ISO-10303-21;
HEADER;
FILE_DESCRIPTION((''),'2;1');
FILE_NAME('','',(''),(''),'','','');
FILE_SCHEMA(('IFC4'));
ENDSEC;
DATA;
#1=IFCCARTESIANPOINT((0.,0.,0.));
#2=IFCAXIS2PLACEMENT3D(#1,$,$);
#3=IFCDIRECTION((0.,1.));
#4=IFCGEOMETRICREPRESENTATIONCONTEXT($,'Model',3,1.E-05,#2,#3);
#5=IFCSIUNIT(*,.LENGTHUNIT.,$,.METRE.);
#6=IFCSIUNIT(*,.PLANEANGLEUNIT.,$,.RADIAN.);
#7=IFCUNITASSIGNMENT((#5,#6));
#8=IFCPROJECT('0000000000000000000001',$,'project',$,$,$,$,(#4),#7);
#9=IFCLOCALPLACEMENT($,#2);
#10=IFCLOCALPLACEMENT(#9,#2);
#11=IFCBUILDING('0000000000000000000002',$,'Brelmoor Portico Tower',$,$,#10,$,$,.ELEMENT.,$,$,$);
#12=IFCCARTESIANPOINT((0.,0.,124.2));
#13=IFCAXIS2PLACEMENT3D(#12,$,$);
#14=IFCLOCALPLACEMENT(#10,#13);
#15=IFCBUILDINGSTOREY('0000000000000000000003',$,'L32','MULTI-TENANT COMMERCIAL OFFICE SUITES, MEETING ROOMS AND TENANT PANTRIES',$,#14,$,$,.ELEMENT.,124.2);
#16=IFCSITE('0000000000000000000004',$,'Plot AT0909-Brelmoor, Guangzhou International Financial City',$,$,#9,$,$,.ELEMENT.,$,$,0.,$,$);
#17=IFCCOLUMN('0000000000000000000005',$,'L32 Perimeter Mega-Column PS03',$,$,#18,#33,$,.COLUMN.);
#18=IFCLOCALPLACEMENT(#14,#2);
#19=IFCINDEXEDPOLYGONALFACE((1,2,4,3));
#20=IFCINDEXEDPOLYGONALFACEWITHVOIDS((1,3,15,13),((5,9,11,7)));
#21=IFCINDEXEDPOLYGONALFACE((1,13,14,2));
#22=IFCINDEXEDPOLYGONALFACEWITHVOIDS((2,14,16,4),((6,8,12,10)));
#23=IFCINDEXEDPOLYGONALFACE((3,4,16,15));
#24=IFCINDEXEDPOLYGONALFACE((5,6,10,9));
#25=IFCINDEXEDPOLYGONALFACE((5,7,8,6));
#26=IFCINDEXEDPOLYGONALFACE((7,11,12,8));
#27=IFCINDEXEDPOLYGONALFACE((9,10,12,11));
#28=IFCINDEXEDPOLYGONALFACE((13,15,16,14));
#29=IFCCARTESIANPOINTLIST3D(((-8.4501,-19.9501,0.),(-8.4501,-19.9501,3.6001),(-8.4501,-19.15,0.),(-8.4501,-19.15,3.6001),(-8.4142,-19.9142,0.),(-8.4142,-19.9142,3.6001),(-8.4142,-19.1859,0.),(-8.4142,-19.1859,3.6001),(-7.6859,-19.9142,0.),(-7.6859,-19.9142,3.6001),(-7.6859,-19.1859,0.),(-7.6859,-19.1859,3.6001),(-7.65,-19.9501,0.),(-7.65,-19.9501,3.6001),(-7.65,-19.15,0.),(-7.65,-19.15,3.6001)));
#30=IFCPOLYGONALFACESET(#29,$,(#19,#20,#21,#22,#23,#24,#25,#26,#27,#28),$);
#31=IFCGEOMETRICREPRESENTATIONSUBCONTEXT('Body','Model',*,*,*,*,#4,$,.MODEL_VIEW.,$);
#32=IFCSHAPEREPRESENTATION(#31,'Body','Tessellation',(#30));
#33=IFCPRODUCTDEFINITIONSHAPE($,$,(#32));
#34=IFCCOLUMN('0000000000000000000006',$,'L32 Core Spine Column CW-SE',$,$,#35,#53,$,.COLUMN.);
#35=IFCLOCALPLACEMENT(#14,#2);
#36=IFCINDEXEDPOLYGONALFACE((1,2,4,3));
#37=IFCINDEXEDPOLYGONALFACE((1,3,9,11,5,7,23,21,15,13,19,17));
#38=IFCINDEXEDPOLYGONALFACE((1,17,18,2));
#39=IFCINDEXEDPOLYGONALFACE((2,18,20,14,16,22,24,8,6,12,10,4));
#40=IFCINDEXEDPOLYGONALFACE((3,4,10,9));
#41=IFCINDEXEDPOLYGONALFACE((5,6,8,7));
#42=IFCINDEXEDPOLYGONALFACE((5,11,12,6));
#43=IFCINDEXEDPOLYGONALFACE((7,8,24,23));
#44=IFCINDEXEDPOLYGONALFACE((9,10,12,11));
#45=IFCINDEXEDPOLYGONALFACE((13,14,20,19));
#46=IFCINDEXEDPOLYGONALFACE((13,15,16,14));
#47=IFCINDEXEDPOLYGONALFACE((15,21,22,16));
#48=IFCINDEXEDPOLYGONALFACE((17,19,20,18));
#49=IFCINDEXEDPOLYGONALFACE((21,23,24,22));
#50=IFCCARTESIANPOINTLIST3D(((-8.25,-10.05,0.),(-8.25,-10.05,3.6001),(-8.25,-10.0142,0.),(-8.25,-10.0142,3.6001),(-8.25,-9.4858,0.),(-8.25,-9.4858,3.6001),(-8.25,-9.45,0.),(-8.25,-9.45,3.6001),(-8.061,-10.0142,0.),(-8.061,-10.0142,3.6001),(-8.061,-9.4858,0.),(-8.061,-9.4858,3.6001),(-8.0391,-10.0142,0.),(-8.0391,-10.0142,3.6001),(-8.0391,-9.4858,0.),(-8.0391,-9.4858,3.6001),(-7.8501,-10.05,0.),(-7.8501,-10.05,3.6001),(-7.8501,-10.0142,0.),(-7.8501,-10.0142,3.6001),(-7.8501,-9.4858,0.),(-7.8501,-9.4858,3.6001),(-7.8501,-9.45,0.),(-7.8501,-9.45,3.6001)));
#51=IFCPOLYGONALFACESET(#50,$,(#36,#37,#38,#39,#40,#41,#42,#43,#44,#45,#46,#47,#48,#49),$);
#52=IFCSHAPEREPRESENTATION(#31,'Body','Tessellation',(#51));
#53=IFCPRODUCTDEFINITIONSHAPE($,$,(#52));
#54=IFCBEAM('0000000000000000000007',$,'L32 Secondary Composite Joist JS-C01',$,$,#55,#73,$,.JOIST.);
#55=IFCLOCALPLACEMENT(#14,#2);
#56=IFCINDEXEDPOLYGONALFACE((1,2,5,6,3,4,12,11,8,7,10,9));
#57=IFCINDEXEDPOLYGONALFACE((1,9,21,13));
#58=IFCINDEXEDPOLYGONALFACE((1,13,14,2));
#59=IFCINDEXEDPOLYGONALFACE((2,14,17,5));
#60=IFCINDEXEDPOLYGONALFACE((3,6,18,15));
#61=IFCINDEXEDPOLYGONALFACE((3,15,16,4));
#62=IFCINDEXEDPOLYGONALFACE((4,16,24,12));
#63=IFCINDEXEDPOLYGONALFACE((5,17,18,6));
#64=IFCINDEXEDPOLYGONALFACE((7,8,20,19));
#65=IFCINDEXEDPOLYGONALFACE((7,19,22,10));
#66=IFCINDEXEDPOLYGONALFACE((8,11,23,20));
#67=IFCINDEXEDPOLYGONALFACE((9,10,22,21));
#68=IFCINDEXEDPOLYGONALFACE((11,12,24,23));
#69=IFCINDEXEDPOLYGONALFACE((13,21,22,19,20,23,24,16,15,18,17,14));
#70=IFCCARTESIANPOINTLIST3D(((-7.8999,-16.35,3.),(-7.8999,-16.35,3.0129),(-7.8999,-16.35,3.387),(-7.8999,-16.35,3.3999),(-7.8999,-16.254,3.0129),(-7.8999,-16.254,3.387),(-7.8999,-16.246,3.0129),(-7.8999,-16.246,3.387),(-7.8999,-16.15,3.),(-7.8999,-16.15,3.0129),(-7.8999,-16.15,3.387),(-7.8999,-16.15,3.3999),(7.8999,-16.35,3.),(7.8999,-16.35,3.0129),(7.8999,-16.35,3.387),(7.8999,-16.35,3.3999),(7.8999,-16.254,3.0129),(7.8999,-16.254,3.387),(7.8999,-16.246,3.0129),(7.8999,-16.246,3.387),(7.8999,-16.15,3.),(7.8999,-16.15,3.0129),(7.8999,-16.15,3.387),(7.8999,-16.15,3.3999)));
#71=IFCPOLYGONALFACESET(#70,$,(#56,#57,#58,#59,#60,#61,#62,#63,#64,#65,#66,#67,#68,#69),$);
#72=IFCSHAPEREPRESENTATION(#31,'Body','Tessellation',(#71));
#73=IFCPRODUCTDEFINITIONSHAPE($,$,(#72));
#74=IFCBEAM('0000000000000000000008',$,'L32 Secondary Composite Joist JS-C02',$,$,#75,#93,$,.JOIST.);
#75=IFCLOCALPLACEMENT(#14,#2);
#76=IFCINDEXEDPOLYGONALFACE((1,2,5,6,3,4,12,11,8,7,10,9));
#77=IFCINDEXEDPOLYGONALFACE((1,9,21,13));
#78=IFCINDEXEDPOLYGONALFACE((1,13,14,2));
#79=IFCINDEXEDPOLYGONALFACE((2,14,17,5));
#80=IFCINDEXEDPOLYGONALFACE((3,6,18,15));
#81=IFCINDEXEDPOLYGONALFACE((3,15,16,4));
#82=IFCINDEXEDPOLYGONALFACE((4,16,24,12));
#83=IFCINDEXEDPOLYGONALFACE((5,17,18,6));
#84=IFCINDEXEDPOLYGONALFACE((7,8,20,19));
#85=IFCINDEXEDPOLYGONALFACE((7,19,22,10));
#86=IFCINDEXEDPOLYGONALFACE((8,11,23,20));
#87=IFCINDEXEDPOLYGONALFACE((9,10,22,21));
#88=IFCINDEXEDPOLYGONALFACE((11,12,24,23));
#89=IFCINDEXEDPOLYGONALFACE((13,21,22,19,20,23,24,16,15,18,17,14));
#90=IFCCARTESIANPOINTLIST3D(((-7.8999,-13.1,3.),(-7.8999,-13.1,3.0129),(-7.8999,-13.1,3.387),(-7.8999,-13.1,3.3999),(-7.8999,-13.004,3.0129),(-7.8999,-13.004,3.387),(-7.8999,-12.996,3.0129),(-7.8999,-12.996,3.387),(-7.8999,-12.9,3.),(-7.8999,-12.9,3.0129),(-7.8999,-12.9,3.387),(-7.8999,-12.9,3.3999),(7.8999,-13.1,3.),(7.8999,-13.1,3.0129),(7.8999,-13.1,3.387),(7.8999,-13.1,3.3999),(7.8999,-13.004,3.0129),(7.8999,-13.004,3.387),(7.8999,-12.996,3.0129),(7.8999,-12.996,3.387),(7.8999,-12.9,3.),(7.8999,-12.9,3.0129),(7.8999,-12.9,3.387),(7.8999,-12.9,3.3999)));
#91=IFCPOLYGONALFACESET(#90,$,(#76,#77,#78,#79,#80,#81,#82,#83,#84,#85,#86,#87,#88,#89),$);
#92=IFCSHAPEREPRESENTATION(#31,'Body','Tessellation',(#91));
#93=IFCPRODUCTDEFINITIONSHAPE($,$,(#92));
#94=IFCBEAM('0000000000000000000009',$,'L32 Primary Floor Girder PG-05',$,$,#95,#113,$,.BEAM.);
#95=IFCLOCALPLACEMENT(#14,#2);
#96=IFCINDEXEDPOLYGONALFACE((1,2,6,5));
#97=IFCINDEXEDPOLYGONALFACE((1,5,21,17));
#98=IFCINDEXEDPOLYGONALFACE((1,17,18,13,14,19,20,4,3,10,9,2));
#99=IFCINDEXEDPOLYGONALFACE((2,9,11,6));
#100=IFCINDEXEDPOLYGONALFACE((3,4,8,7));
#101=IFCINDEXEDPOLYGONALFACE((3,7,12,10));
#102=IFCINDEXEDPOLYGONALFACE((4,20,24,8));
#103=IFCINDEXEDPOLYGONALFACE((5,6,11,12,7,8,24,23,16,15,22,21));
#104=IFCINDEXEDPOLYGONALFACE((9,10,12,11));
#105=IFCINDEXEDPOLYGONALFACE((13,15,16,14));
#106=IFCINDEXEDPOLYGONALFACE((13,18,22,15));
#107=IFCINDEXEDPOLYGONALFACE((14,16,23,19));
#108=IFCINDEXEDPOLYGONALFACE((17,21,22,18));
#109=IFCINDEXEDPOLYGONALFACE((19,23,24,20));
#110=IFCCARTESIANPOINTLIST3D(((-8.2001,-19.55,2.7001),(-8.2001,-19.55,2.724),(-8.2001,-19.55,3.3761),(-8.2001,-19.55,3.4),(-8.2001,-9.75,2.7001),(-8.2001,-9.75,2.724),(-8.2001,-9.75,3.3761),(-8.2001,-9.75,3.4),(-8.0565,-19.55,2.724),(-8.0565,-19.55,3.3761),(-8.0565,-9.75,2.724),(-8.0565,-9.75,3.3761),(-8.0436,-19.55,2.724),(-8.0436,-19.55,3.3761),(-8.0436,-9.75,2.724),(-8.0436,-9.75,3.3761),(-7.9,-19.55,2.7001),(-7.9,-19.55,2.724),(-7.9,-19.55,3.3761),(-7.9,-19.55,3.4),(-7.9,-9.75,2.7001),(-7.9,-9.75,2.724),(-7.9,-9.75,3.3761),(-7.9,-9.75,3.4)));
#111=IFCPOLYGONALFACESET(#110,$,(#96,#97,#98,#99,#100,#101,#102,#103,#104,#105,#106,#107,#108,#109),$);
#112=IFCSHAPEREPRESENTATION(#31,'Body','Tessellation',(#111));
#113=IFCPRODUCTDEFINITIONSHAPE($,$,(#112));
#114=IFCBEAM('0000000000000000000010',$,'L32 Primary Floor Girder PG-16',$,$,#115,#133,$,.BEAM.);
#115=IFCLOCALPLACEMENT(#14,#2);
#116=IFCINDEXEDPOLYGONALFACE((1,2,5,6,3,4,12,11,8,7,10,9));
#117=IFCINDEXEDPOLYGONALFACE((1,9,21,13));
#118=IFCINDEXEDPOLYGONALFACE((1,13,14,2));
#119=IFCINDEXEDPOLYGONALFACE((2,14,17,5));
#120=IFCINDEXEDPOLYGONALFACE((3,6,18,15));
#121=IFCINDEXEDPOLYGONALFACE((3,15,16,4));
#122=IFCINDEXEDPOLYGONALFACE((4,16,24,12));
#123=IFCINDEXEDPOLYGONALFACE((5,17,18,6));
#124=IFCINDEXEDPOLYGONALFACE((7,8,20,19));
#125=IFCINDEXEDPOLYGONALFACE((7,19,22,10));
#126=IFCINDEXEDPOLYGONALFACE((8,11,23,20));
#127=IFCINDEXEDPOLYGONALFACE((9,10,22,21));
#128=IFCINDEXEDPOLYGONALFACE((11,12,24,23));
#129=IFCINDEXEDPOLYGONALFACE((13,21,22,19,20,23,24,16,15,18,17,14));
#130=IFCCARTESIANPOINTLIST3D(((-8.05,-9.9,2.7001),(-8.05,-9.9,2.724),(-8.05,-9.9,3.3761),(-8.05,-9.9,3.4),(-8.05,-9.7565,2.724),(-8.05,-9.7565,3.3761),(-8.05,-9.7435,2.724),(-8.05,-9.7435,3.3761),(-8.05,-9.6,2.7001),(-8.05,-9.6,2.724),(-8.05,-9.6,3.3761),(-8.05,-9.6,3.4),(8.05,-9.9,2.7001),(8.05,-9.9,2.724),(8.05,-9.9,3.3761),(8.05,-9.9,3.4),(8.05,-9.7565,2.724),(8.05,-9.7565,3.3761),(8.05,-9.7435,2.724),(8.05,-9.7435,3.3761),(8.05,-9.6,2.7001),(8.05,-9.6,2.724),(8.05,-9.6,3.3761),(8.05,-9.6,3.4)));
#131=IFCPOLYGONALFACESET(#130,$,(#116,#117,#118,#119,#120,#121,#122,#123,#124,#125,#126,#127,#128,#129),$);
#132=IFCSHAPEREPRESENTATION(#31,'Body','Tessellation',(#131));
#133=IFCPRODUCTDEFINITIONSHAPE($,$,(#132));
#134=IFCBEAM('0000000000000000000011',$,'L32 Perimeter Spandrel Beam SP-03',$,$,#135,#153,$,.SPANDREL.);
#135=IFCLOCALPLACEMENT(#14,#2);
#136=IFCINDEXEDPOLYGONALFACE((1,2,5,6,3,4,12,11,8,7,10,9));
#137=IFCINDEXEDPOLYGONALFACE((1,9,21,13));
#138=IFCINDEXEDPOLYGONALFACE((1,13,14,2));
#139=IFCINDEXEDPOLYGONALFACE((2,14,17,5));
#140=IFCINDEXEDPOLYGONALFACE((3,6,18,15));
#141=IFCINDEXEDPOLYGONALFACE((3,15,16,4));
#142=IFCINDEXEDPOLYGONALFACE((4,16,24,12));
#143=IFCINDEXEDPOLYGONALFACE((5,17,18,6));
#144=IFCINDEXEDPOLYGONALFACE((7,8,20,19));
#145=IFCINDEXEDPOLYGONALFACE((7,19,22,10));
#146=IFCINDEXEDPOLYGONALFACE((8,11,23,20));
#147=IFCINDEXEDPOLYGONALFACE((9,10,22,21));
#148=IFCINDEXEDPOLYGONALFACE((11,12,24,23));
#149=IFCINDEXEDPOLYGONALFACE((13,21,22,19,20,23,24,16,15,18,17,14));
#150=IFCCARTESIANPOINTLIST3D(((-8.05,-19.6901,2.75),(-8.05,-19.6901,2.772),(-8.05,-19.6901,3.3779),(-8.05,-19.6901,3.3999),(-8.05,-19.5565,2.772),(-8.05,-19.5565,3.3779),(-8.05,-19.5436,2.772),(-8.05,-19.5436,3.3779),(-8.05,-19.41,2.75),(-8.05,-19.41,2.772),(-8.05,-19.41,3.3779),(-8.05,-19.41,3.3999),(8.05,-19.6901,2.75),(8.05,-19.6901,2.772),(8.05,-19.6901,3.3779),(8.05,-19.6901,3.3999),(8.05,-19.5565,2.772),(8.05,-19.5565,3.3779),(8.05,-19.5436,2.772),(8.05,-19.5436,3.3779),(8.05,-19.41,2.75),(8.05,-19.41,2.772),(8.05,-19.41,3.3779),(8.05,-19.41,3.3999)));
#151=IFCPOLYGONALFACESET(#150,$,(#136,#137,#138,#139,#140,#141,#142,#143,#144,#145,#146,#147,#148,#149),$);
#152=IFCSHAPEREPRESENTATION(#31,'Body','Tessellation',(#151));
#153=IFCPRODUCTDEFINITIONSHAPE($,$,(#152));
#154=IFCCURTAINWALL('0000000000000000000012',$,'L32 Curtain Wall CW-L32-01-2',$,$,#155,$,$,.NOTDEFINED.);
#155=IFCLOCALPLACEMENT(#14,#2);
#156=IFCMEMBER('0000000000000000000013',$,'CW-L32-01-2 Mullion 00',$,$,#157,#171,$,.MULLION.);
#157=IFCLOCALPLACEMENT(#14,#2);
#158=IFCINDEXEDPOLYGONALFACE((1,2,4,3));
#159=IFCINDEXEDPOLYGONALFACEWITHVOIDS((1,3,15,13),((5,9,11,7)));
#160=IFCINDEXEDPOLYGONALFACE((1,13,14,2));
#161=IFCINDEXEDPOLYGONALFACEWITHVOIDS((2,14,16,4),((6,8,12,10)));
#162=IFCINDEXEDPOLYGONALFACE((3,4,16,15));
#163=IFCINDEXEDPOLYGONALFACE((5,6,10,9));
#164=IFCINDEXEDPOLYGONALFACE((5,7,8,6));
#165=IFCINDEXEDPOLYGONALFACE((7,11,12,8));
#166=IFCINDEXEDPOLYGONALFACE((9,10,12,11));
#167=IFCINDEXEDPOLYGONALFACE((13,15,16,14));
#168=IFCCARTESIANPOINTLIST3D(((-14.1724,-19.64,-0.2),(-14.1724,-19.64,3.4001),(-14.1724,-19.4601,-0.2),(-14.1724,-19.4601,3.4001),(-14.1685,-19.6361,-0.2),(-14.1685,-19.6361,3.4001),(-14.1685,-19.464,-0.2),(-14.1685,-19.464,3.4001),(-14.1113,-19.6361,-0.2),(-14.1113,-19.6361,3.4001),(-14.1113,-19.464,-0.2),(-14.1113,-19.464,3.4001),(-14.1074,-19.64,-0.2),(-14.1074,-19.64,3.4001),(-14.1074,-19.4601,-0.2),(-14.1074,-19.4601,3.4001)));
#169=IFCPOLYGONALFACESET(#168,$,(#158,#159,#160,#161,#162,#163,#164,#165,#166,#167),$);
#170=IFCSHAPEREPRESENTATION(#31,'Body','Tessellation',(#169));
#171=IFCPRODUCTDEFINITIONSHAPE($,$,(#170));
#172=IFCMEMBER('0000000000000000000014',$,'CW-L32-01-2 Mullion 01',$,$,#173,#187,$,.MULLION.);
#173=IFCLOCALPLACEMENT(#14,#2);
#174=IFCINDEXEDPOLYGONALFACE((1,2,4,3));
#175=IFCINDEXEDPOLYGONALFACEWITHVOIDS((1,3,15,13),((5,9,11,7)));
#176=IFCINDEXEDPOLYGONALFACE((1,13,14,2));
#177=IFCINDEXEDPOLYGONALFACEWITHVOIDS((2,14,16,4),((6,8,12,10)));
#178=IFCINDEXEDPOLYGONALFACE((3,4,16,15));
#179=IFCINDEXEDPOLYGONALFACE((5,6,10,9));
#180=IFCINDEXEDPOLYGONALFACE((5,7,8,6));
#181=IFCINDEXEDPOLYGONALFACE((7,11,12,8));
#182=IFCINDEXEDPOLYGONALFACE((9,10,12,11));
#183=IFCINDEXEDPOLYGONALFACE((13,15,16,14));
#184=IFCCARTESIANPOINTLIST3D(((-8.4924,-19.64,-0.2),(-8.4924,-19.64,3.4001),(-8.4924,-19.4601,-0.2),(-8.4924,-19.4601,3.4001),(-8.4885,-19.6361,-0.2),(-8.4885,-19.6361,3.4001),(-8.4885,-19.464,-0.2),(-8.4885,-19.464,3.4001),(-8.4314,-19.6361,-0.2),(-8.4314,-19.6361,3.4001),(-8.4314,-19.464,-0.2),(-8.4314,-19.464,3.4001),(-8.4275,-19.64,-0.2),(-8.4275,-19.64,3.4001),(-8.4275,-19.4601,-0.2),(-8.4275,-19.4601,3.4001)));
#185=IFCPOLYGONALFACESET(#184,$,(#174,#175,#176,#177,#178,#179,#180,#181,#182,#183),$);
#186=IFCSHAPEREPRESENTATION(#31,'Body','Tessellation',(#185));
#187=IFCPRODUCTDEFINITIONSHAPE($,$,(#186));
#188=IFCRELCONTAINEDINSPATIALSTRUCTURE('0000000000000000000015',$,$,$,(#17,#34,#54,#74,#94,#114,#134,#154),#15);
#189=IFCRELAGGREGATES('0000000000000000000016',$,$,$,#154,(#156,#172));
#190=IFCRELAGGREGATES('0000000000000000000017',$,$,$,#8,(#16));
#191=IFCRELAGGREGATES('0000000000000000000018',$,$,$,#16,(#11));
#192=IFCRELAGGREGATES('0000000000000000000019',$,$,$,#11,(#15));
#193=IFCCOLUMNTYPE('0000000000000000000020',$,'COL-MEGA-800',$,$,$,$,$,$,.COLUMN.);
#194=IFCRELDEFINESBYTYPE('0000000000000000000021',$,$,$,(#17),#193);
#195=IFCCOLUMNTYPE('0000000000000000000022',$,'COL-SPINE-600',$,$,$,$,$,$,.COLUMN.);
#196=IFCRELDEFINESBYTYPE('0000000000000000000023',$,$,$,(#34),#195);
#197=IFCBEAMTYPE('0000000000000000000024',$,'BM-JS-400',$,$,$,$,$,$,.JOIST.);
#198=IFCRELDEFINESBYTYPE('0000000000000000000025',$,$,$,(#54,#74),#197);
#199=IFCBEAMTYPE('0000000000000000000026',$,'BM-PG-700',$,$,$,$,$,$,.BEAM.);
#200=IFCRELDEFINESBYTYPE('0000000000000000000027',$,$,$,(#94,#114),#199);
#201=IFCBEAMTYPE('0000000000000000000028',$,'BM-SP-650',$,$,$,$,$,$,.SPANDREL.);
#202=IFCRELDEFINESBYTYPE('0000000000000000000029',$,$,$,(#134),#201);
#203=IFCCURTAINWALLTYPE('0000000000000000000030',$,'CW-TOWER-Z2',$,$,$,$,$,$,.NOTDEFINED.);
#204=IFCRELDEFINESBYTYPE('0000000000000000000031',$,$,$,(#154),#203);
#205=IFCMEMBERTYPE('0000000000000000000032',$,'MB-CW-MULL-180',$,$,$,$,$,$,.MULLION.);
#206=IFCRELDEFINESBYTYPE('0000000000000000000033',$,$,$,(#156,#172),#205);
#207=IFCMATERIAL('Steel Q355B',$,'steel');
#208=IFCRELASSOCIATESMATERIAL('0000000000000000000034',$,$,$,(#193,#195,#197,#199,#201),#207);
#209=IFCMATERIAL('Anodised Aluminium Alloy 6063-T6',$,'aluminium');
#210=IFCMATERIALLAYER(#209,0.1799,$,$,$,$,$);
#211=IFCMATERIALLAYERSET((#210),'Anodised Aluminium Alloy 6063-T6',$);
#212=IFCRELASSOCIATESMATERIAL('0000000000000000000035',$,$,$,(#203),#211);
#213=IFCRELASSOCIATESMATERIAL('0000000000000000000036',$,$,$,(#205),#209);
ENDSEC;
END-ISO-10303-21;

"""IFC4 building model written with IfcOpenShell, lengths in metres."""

from ifc_helpers import new_model, si_unit, direction, frame, origin, origin_2d, place, context, subcontext, project, spatial, hollow_rectangle, i_section, extrude, material, layer, layer_set, material_profile, profile_set, type_object, element, aggregate, save


model = new_model("IFC4")

# Units and contexts
model_context = context("Model", 3, precision=1e-05, world=origin(), true_north=direction((0.0, 1.0)))
body_context = subcontext(model_context, "Body", "Model", "MODEL_VIEW")
ifc_project = project(units=[si_unit("LENGTHUNIT", "METRE"), si_unit("PLANEANGLEUNIT", "RADIAN")], contexts=[model_context])

# Site, building, storey
site_placement = place(None, origin())
site = spatial("IfcSite", under=ifc_project, at=site_placement, Name="Plot AT0909-Brelmoor, Guangzhou International Financial City", CompositionType="ELEMENT", RefElevation=0.0)
building_placement = place(site_placement, origin())
building = spatial("IfcBuilding", under=site, at=building_placement, Name="Brelmoor Portico Tower", CompositionType="ELEMENT")
storey_placement = place(building_placement, frame((0.0, 0.0, 124.2)))
storey = spatial("IfcBuildingStorey", under=building, at=storey_placement, Name="L32", Description="MULTI-TENANT COMMERCIAL OFFICE SUITES, MEETING ROOMS AND TENANT PANTRIES", CompositionType="ELEMENT", Elevation=124.2)

# Columns
ifc_material_1 = material(Name="Steel Q355B", Category="steel")
ifc_material_profile_1 = material_profile(ifc_material_1, hollow_rectangle(XDim=0.8, YDim=0.8, WallThickness=0.0359, at=origin_2d()), Name="BOX 800x800x36")
ifc_profile_set_1 = profile_set([ifc_material_profile_1], Name="Steel Q355B")
column_type_1 = type_object("IfcColumnType", Name="COL-MEGA-800", PredefinedType="COLUMN", material=ifc_profile_set_1)
column_1_placement = place(storey_placement, frame((-8.05, -19.55, 0.0), z_axis=(0.0, 0.0, 1.0), x_axis=(1.0, 0.0, 0.0)))
element("IfcColumn", 1, at=column_1_placement, inside=storey, type_object=column_type_1, Name="L32 Perimeter Mega-Column PS03", PredefinedType="COLUMN", context=body_context, shape_type="SweptSolid", body=[
    extrude(hollow_rectangle(XDim=0.8, YDim=0.8, WallThickness=0.0359, at=origin_2d()), origin(), (0.0, 0.0, 1.0), 3.6001),
])
ifc_material_profile_2 = material_profile(ifc_material_1, i_section(OverallWidth=0.3999, OverallDepth=0.6001, WebThickness=0.022, FlangeThickness=0.0359, at=origin_2d()), Name="HW 600x400x22x36")
ifc_profile_set_2 = profile_set([ifc_material_profile_2], Name="Steel Q355B")
column_type_2 = type_object("IfcColumnType", Name="COL-SPINE-600", PredefinedType="COLUMN", material=ifc_profile_set_2)
column_2_placement = place(storey_placement, frame((-8.05, -9.75, 0.0), z_axis=(0.0, 0.0, 1.0), x_axis=(1.0, 0.0, 0.0)))
element("IfcColumn", 2, at=column_2_placement, inside=storey, type_object=column_type_2, Name="L32 Core Spine Column CW-SE", PredefinedType="COLUMN", context=body_context, shape_type="SweptSolid", body=[
    extrude(i_section(OverallWidth=0.3999, OverallDepth=0.6001, WebThickness=0.022, FlangeThickness=0.0359, at=origin_2d()), origin(), (0.0, 0.0, 1.0), 3.6001),
])

# Beams
ifc_material_profile_3 = material_profile(ifc_material_1, i_section(OverallWidth=0.2, OverallDepth=0.3999, WebThickness=0.0081, FlangeThickness=0.0129, at=origin_2d()), Name="HN 400x200x8x13")
ifc_profile_set_3 = profile_set([ifc_material_profile_3], Name="Steel Q355B")
beam_type_1 = type_object("IfcBeamType", Name="BM-JS-400", PredefinedType="JOIST", material=ifc_profile_set_3)
for number, where, z_axis, x_axis, name in (
    (3, (-7.8999, -16.25, 3.2), (1.0, 0.0, 0.0), (0.0, 1.0, 0.0), "L32 Secondary Composite Joist JS-C01"),
    (4, (-7.8999, -13.0, 3.2), (1.0, 0.0, 0.0), (0.0, 1.0, 0.0), "L32 Secondary Composite Joist JS-C02"),
):
    element("IfcBeam", number, at=place(storey_placement, frame(where, z_axis=z_axis, x_axis=x_axis)), inside=storey, type_object=beam_type_1, Name=name, PredefinedType="JOIST", context=body_context, shape_type="SweptSolid", body=[
        extrude(i_section(OverallWidth=0.2, OverallDepth=0.3999, WebThickness=0.0081, FlangeThickness=0.0129, at=origin_2d()), origin(), (0.0, 0.0, 1.0), 15.7998),
    ])
ifc_material_profile_4 = material_profile(ifc_material_1, i_section(OverallWidth=0.3, OverallDepth=0.7, WebThickness=0.0129, FlangeThickness=0.0239, at=origin_2d()), Name="HN 700x300x13x24")
ifc_profile_set_4 = profile_set([ifc_material_profile_4], Name="Steel Q355B")
beam_type_2 = type_object("IfcBeamType", Name="BM-PG-700", PredefinedType="BEAM", material=ifc_profile_set_4)
beam_1_placement = place(storey_placement, frame((-8.05, -19.55, 3.05), z_axis=(0.0, 1.0, 0.0), x_axis=(-1.0, 0.0, 0.0)))
element("IfcBeam", 5, at=beam_1_placement, inside=storey, type_object=beam_type_2, Name="L32 Primary Floor Girder PG-05", PredefinedType="BEAM", context=body_context, shape_type="SweptSolid", body=[
    extrude(i_section(OverallWidth=0.3, OverallDepth=0.7, WebThickness=0.0129, FlangeThickness=0.0239, at=origin_2d()), origin(), (0.0, 0.0, 1.0), 9.8),
])
beam_2_placement = place(storey_placement, frame((-8.05, -9.75, 3.05), z_axis=(1.0, 0.0, 0.0), x_axis=(0.0, 1.0, 0.0)))
element("IfcBeam", 6, at=beam_2_placement, inside=storey, type_object=beam_type_2, Name="L32 Primary Floor Girder PG-16", PredefinedType="BEAM", context=body_context, shape_type="SweptSolid", body=[
    extrude(i_section(OverallWidth=0.3, OverallDepth=0.7, WebThickness=0.0129, FlangeThickness=0.0239, at=origin_2d()), origin(), (0.0, 0.0, 1.0), 16.1001),
])
ifc_material_profile_5 = material_profile(ifc_material_1, i_section(OverallWidth=0.28, OverallDepth=0.6499, WebThickness=0.0129, FlangeThickness=0.022, at=origin_2d()), Name="HN 650x280x13x22")
ifc_profile_set_5 = profile_set([ifc_material_profile_5], Name="Steel Q355B")
beam_type_3 = type_object("IfcBeamType", Name="BM-SP-650", PredefinedType="SPANDREL", material=ifc_profile_set_5)
beam_3_placement = place(storey_placement, frame((-8.05, -19.55, 3.075), z_axis=(1.0, 0.0, 0.0), x_axis=(0.0, 1.0, 0.0)))
element("IfcBeam", 7, at=beam_3_placement, inside=storey, type_object=beam_type_3, Name="L32 Perimeter Spandrel Beam SP-03", PredefinedType="SPANDREL", context=body_context, shape_type="SweptSolid", body=[
    extrude(i_section(OverallWidth=0.28, OverallDepth=0.6499, WebThickness=0.0129, FlangeThickness=0.022, at=origin_2d()), origin(), (0.0, 0.0, 1.0), 16.1001),
])

# Curtain wall, members
ifc_material_2 = material(Name="Anodised Aluminium Alloy 6063-T6", Category="aluminium")
ifc_layer_1 = layer(ifc_material_2, 0.1799)
ifc_layer_set_1 = layer_set([ifc_layer_1], Name="Anodised Aluminium Alloy 6063-T6")
curtain_wall_type_1 = type_object("IfcCurtainWallType", Name="CW-TOWER-Z2", PredefinedType="NOTDEFINED", material=ifc_layer_set_1)
curtain_wall_1_placement = place(storey_placement, origin())
curtain_wall_1 = element("IfcCurtainWall", 8, at=curtain_wall_1_placement, inside=storey, type_object=curtain_wall_type_1, Name="L32 Curtain Wall CW-L32-01-2", PredefinedType="NOTDEFINED")
ifc_material_profile_6 = material_profile(ifc_material_2, hollow_rectangle(XDim=0.0649, YDim=0.1799, WallThickness=0.0039, at=origin_2d()), Name="ALU MULLION 65x180")
ifc_profile_set_6 = profile_set([ifc_material_profile_6], Name="Anodised Aluminium Alloy 6063-T6")
member_type_1 = type_object("IfcMemberType", Name="MB-CW-MULL-180", PredefinedType="MULLION", material=ifc_profile_set_6)
member_1_placement = place(storey_placement, frame((-14.1399, -19.55, -0.2), z_axis=(0.0, 0.0, 1.0), x_axis=(1.0, 0.0, 0.0)))
member_1 = element("IfcMember", 9, at=member_1_placement, type_object=member_type_1, Name="CW-L32-01-2 Mullion 00", PredefinedType="MULLION", context=body_context, shape_type="SweptSolid", body=[
    extrude(hollow_rectangle(XDim=0.0649, YDim=0.1799, WallThickness=0.0039, at=origin_2d()), origin(), (0.0, 0.0, 1.0), 3.6001),
])
member_2_placement = place(storey_placement, frame((-8.46, -19.55, -0.2), z_axis=(0.0, 0.0, 1.0), x_axis=(1.0, 0.0, 0.0)))
member_2 = element("IfcMember", 10, at=member_2_placement, type_object=member_type_1, Name="CW-L32-01-2 Mullion 01", PredefinedType="MULLION", context=body_context, shape_type="SweptSolid", body=[
    extrude(hollow_rectangle(XDim=0.0649, YDim=0.1799, WallThickness=0.0039, at=origin_2d()), origin(), (0.0, 0.0, 1.0), 3.6001),
])

aggregate(curtain_wall_1, [member_1, member_2])

save(model, "model.ifc")
